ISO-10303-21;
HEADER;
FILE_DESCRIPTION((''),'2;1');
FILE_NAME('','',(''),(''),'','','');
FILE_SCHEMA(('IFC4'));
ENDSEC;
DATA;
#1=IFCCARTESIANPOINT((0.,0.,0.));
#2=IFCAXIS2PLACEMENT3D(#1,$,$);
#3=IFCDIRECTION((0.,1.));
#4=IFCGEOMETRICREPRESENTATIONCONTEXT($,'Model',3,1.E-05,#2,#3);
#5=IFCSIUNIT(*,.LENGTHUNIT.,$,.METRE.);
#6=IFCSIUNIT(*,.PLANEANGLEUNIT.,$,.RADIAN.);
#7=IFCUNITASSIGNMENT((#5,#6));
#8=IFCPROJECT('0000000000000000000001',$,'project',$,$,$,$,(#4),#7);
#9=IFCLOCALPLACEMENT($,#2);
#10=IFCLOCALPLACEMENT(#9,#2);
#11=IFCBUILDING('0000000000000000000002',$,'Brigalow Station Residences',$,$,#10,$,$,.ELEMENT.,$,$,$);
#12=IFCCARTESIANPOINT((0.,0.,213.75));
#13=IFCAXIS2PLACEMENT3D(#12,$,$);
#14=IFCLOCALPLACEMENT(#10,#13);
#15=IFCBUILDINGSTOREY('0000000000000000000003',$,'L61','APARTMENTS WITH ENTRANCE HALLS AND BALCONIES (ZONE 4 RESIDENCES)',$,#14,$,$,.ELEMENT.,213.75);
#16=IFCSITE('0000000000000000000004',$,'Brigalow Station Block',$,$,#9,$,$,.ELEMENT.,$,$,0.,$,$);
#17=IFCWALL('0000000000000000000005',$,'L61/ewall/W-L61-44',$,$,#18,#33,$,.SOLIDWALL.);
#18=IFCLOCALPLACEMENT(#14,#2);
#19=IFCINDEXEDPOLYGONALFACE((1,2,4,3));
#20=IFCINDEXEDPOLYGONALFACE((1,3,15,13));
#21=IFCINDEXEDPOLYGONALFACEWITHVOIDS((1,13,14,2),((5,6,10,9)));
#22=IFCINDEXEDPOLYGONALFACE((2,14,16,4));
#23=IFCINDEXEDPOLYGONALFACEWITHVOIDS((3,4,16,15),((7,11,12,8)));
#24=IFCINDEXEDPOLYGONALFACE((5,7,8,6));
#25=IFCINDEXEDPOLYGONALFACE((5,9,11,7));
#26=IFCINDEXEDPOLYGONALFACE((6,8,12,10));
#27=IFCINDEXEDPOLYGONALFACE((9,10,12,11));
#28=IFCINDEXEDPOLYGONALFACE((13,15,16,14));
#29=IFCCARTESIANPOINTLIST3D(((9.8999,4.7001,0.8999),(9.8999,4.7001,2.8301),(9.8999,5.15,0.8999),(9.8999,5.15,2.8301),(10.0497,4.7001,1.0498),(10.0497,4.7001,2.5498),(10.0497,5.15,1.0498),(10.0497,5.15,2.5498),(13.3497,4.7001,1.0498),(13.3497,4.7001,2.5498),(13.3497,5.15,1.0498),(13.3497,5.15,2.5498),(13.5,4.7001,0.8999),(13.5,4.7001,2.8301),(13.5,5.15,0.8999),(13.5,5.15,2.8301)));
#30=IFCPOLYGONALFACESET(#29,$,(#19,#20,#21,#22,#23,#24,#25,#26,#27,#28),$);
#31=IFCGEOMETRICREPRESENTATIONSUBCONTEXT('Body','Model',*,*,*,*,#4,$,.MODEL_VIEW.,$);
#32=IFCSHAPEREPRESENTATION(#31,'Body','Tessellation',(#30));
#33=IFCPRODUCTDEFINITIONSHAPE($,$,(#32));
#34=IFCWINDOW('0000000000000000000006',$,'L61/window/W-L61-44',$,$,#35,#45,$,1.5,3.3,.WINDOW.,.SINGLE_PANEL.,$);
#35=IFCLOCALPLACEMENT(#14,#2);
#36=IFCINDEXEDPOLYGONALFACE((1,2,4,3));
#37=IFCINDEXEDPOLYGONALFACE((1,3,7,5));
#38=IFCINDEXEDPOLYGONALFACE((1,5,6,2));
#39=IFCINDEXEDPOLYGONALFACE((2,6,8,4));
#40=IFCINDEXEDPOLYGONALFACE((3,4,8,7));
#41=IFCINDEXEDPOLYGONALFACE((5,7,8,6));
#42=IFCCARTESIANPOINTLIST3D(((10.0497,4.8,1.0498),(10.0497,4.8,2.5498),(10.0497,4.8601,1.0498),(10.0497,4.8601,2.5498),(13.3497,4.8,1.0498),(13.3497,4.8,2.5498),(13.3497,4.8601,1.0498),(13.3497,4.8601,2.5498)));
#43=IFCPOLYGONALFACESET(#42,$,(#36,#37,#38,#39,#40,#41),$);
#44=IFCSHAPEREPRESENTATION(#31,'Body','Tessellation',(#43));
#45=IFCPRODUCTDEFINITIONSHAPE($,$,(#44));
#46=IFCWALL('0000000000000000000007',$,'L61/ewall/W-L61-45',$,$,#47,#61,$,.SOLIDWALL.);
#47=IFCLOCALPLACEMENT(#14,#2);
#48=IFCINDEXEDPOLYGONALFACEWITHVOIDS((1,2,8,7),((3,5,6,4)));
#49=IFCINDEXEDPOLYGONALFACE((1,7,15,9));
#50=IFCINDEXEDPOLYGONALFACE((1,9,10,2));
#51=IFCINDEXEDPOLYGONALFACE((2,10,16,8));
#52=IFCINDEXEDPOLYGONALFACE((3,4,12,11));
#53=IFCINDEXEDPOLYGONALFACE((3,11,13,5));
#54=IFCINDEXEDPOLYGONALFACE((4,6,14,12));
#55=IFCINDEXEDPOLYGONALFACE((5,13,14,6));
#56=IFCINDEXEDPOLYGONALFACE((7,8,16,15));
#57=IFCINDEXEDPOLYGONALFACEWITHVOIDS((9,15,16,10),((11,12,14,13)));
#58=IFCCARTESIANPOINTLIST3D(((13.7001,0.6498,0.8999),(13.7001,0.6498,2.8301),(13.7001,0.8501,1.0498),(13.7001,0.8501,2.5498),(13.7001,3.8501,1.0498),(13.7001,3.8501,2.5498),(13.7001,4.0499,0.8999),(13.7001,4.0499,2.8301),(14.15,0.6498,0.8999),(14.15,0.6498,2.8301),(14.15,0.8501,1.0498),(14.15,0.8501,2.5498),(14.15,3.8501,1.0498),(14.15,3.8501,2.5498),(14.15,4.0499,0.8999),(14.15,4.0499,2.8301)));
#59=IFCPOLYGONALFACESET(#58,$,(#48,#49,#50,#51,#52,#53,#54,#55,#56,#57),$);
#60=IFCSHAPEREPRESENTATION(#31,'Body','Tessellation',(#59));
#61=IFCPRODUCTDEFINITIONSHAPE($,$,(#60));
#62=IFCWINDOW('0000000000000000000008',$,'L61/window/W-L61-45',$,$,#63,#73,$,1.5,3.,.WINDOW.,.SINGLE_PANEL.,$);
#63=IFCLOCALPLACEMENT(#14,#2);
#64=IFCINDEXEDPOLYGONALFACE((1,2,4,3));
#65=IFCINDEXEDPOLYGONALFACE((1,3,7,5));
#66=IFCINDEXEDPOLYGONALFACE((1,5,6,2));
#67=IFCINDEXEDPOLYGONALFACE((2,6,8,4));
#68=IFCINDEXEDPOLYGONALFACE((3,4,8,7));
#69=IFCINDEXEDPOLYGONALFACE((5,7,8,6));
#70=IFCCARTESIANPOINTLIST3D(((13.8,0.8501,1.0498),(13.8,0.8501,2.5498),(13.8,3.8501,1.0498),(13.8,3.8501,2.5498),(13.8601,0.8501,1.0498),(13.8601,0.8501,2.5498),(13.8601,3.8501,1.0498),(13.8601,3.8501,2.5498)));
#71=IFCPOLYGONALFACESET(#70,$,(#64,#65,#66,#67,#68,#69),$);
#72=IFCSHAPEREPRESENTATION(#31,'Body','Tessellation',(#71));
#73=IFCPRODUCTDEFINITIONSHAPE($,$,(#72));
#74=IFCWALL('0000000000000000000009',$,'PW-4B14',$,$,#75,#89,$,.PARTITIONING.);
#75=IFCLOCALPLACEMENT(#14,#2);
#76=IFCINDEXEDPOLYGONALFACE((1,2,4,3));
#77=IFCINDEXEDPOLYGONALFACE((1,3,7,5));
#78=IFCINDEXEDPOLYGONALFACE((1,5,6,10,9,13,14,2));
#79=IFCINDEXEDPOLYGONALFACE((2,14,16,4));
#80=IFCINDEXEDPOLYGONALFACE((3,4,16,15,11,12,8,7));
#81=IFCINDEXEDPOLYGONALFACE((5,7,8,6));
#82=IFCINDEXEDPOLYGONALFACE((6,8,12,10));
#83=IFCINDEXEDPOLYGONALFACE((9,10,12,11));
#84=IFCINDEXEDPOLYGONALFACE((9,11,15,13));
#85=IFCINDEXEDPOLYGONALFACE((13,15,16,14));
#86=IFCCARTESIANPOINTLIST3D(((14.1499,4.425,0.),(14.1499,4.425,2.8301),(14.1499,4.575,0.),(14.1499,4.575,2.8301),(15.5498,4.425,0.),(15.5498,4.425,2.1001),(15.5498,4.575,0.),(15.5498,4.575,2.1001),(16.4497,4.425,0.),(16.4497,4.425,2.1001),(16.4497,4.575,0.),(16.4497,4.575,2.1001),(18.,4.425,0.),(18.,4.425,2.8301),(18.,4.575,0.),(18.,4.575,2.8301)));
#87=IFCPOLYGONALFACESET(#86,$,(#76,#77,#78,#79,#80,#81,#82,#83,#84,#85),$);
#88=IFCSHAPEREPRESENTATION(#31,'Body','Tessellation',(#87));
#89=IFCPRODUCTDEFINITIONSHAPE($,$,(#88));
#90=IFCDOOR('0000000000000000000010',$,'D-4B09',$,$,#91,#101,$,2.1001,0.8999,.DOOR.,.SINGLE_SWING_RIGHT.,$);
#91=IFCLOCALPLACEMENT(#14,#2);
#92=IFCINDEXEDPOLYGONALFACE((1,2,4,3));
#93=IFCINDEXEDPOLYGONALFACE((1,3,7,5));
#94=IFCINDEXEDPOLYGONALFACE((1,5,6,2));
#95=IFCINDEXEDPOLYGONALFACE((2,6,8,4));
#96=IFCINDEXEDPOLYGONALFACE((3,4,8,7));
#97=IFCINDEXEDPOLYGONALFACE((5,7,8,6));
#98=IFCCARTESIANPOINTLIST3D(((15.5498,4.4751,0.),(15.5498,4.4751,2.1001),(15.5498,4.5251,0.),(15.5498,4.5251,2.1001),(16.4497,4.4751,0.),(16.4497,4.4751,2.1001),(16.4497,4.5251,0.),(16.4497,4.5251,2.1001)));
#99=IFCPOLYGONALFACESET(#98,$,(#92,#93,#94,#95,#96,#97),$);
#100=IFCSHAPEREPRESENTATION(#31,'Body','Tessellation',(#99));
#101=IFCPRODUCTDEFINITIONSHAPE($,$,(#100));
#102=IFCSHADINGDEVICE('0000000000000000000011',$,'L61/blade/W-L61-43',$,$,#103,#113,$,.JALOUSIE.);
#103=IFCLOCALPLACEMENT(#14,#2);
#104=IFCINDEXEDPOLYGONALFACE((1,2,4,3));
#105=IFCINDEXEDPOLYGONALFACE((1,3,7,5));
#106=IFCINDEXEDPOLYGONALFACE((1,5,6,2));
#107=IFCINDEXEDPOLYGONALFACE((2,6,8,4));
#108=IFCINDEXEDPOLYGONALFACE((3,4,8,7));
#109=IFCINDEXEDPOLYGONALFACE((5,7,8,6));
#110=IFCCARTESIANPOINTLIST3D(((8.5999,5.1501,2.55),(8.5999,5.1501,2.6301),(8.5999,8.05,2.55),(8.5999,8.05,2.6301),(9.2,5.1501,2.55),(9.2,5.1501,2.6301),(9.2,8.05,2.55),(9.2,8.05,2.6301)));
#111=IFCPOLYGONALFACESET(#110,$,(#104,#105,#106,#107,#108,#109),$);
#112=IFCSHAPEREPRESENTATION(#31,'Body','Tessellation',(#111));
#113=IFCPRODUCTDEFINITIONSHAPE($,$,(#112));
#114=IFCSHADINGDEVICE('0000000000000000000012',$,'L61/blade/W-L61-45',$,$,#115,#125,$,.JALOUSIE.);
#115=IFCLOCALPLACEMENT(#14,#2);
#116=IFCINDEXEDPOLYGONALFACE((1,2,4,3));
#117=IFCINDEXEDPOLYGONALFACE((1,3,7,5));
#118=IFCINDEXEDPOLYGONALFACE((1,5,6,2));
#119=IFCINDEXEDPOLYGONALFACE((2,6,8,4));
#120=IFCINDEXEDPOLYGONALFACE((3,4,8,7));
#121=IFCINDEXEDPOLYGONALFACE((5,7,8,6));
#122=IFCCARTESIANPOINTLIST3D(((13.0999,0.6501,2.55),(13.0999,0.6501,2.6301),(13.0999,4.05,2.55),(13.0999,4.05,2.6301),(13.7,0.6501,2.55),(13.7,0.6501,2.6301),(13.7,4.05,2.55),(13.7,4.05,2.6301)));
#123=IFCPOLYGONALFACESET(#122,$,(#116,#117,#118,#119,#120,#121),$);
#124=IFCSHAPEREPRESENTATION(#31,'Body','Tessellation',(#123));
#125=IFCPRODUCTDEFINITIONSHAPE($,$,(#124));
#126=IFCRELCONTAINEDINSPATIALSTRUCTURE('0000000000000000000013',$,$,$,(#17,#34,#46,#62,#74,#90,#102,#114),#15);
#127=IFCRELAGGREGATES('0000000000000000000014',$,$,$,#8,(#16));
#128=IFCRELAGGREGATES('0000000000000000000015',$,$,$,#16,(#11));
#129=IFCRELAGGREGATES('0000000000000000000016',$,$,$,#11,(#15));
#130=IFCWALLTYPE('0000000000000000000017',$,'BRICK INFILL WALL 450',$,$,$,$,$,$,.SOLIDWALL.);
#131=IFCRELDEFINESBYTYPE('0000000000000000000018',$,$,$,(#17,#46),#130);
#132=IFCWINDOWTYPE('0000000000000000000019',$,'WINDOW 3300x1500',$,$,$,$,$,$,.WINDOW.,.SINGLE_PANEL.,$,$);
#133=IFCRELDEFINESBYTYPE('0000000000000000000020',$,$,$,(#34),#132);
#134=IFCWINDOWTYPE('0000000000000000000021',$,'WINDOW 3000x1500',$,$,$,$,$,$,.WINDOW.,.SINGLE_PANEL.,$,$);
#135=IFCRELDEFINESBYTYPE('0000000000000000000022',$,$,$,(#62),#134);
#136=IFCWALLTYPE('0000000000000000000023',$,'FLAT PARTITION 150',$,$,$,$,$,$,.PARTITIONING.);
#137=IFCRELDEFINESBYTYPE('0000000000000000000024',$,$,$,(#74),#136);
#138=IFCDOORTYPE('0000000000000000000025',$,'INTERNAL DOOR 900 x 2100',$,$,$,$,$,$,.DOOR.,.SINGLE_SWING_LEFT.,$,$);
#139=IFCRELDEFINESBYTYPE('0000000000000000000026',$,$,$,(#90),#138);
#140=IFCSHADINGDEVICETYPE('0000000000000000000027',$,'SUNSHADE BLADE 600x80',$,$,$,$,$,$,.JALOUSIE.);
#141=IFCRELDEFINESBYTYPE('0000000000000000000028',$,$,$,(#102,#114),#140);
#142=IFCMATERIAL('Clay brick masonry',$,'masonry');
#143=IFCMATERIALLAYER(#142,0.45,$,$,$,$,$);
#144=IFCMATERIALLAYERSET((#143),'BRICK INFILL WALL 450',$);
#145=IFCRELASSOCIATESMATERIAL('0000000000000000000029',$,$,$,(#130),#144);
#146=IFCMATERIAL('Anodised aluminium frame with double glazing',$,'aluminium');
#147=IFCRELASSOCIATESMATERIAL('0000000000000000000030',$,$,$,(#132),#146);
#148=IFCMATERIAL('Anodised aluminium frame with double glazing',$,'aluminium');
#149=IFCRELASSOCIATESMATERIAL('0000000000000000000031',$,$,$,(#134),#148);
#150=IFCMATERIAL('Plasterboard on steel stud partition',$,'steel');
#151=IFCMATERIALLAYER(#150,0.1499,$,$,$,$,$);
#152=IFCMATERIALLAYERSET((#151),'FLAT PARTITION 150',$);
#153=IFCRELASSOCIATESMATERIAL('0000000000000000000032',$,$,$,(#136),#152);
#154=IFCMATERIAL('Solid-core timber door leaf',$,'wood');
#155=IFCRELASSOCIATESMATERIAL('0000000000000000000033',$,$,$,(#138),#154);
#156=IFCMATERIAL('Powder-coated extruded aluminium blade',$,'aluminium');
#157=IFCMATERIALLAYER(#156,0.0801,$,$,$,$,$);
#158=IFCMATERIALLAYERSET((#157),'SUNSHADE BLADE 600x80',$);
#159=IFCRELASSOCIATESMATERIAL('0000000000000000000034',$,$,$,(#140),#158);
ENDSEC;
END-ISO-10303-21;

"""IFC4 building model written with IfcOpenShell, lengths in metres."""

from ifc_helpers import new_model, si_unit, direction, frame, frame_2d, origin, origin_2d, place, context, subcontext, project, spatial, rectangle, extrude, material, layer, layer_set, type_object, element, fill, save


model = new_model("IFC4")

# Units and contexts
model_context = context("Model", 3, precision=1e-05, world=origin(), true_north=direction((0.0, 1.0)))
body_context = subcontext(model_context, "Body", "Model", "MODEL_VIEW")
ifc_project = project(units=[si_unit("LENGTHUNIT", "METRE"), si_unit("PLANEANGLEUNIT", "RADIAN")], contexts=[model_context])

# Site, building, storey
site_placement = place(None, origin())
site = spatial("IfcSite", under=ifc_project, at=site_placement, Name="Brigalow Station Block", CompositionType="ELEMENT", RefElevation=0.0)
building_placement = place(site_placement, origin())
building = spatial("IfcBuilding", under=site, at=building_placement, Name="Brigalow Station Residences", CompositionType="ELEMENT")
storey_placement = place(building_placement, frame((0.0, 0.0, 213.75)))
storey = spatial("IfcBuildingStorey", under=building, at=storey_placement, Name="L61", Description="APARTMENTS WITH ENTRANCE HALLS AND BALCONIES (ZONE 4 RESIDENCES)", CompositionType="ELEMENT", Elevation=213.75)

# Walls, openings, windows
ifc_material_1 = material(Name="Clay brick masonry", Category="masonry")
ifc_layer_1 = layer(ifc_material_1, 0.45)
ifc_layer_set_1 = layer_set([ifc_layer_1], Name="BRICK INFILL WALL 450")
wall_type_1 = type_object("IfcWallType", Name="BRICK INFILL WALL 450", PredefinedType="SOLIDWALL", material=ifc_layer_set_1)
wall_1_placement = place(storey_placement, frame((9.8999, 4.925, 0.8999), z_axis=(0.0, 0.0, 1.0), x_axis=(1.0, 0.0, 0.0)))
wall_1 = element("IfcWall", 1, at=wall_1_placement, inside=storey, type_object=wall_type_1, Name="L61/ewall/W-L61-44", PredefinedType="SOLIDWALL", context=body_context, shape_type="SweptSolid", body=[
    extrude(rectangle(XDim=3.6001, YDim=0.45, at=frame_2d((1.8, 0.0))), origin(), (0.0, 0.0, 1.0), 1.9302),
])
opening_1_placement = place(wall_1_placement, frame((0.1499, 0.0, 0.1499)))
opening_1 = element("IfcOpeningElement", 2, at=opening_1_placement, cuts=wall_1, PredefinedType="OPENING", context=body_context, shape_type="SweptSolid", body=[
    extrude(rectangle(XDim=3.3, YDim=1.5, at=frame_2d((1.6499, 0.75))), frame((0.0, 0.2349, 0.0), z_axis=(0.0, -1.0, 0.0), x_axis=(1.0, 0.0, 0.0)), (0.0, 0.0, 1.0), 0.47),
])
ifc_material_2 = material(Name="Anodised aluminium frame with double glazing", Category="aluminium")
window_type_1 = type_object("IfcWindowType", Name="WINDOW 3300x1500", PartitioningType="SINGLE_PANEL", PredefinedType="WINDOW", material=ifc_material_2)
window_1_placement = place(opening_1_placement, origin())
window_1 = element("IfcWindow", 3, at=window_1_placement, inside=storey, type_object=window_type_1, Name="L61/window/W-L61-44", OverallHeight=1.5, OverallWidth=3.3, PartitioningType="SINGLE_PANEL", PredefinedType="WINDOW", context=body_context, shape_type="SweptSolid", body=[
    extrude(rectangle(XDim=3.3, YDim=1.5, at=frame_2d((1.6499, 0.75))), frame((0.0, -0.0649, 0.0), z_axis=(0.0, -1.0, 0.0), x_axis=(1.0, 0.0, 0.0)), (0.0, 0.0, 1.0), 0.0601),
])
fill(opening_1, window_1)
wall_2_placement = place(storey_placement, frame((13.925, 4.05, 0.8999), z_axis=(0.0, 0.0, 1.0), x_axis=(0.0, -1.0, 0.0)))
wall_2 = element("IfcWall", 4, at=wall_2_placement, inside=storey, type_object=wall_type_1, Name="L61/ewall/W-L61-45", PredefinedType="SOLIDWALL", context=body_context, shape_type="SweptSolid", body=[
    extrude(rectangle(XDim=3.4001, YDim=0.45, at=frame_2d((1.7002, 0.0))), origin(), (0.0, 0.0, 1.0), 1.9302),
])
opening_2_placement = place(wall_2_placement, frame((0.2, 0.0, 0.1499)))
opening_2 = element("IfcOpeningElement", 5, at=opening_2_placement, cuts=wall_2, PredefinedType="OPENING", context=body_context, shape_type="SweptSolid", body=[
    extrude(rectangle(XDim=3.0, YDim=1.5, at=frame_2d((1.5, 0.75))), frame((0.0, 0.2349, 0.0), z_axis=(0.0, -1.0, 0.0), x_axis=(1.0, 0.0, 0.0)), (0.0, 0.0, 1.0), 0.47),
])
ifc_material_3 = material(Name="Anodised aluminium frame with double glazing", Category="aluminium")
window_type_2 = type_object("IfcWindowType", Name="WINDOW 3000x1500", PartitioningType="SINGLE_PANEL", PredefinedType="WINDOW", material=ifc_material_3)
window_2_placement = place(opening_2_placement, origin())
window_2 = element("IfcWindow", 6, at=window_2_placement, inside=storey, type_object=window_type_2, Name="L61/window/W-L61-45", OverallHeight=1.5, OverallWidth=3.0, PartitioningType="SINGLE_PANEL", PredefinedType="WINDOW", context=body_context, shape_type="SweptSolid", body=[
    extrude(rectangle(XDim=3.0, YDim=1.5, at=frame_2d((1.5, 0.75))), frame((0.0, -0.0649, 0.0), z_axis=(0.0, -1.0, 0.0), x_axis=(1.0, 0.0, 0.0)), (0.0, 0.0, 1.0), 0.0601),
])
fill(opening_2, window_2)

# Wall, opening, door
ifc_material_4 = material(Name="Plasterboard on steel stud partition", Category="steel")
ifc_layer_2 = layer(ifc_material_4, 0.1499)
ifc_layer_set_2 = layer_set([ifc_layer_2], Name="FLAT PARTITION 150")
wall_type_2 = type_object("IfcWallType", Name="FLAT PARTITION 150", PredefinedType="PARTITIONING", material=ifc_layer_set_2)
wall_3_placement = place(storey_placement, frame((14.1499, 4.5, 0.0), z_axis=(0.0, 0.0, 1.0), x_axis=(1.0, 0.0, 0.0)))
wall_3 = element("IfcWall", 7, at=wall_3_placement, inside=storey, type_object=wall_type_2, Name="PW-4B14", PredefinedType="PARTITIONING", context=body_context, shape_type="SweptSolid", body=[
    extrude(rectangle(XDim=3.8501, YDim=0.1499, at=frame_2d((1.925, 0.0))), origin(), (0.0, 0.0, 1.0), 2.8301),
])
opening_3_placement = place(wall_3_placement, frame((1.3999, 0.0, 0.0)))
opening_3 = element("IfcOpeningElement", 8, at=opening_3_placement, cuts=wall_3, PredefinedType="OPENING", context=body_context, shape_type="SweptSolid", body=[
    extrude(rectangle(XDim=0.8999, YDim=2.1001, at=frame_2d((0.45, 1.05))), frame((0.0, 0.085, 0.0), z_axis=(0.0, -1.0, 0.0), x_axis=(1.0, 0.0, 0.0)), (0.0, 0.0, 1.0), 0.1699),
])
ifc_material_5 = material(Name="Solid-core timber door leaf", Category="wood")
door_type = type_object("IfcDoorType", Name="INTERNAL DOOR 900 x 2100", OperationType="SINGLE_SWING_LEFT", PredefinedType="DOOR", material=ifc_material_5)
door_placement = place(opening_3_placement, frame((0.8999, 0.0, 0.0), z_axis=(0.0, 0.0, 1.0), x_axis=(-1.0, 0.0, 0.0)))
door = element("IfcDoor", 9, at=door_placement, inside=storey, type_object=door_type, Name="D-4B09", OperationType="SINGLE_SWING_RIGHT", OverallHeight=2.1001, OverallWidth=0.8999, PredefinedType="DOOR", context=body_context, shape_type="SweptSolid", body=[
    extrude(rectangle(XDim=0.8999, YDim=2.1001, at=frame_2d((0.45, 1.05))), frame((0.0, 0.0249, 0.0), z_axis=(0.0, -1.0, 0.0), x_axis=(1.0, 0.0, 0.0)), (0.0, 0.0, 1.0), 0.05),
])
fill(opening_3, door)

# Shading devices
ifc_material_6 = material(Name="Powder-coated extruded aluminium blade", Category="aluminium")
ifc_layer_3 = layer(ifc_material_6, 0.0801)
ifc_layer_set_3 = layer_set([ifc_layer_3], Name="SUNSHADE BLADE 600x80")
shading_device_type = type_object("IfcShadingDeviceType", Name="SUNSHADE BLADE 600x80", PredefinedType="JALOUSIE", material=ifc_layer_set_3)
shading_device_1_placement = place(storey_placement, frame((8.8999, 6.6001, 2.55), z_axis=(0.0, 0.0, 1.0), x_axis=(0.0, -1.0, 0.0)))
element("IfcShadingDevice", 10, at=shading_device_1_placement, inside=storey, type_object=shading_device_type, Name="L61/blade/W-L61-43", PredefinedType="JALOUSIE", context=body_context, shape_type="SweptSolid", body=[
    extrude(rectangle(XDim=2.8999, YDim=0.6001, at=origin_2d()), origin(), (0.0, 0.0, 1.0), 0.0801),
])
shading_device_2_placement = place(storey_placement, frame((13.3999, 2.3501, 2.55), z_axis=(0.0, 0.0, 1.0), x_axis=(0.0, -1.0, 0.0)))
element("IfcShadingDevice", 11, at=shading_device_2_placement, inside=storey, type_object=shading_device_type, Name="L61/blade/W-L61-45", PredefinedType="JALOUSIE", context=body_context, shape_type="SweptSolid", body=[
    extrude(rectangle(XDim=3.3999, YDim=0.6001, at=origin_2d()), origin(), (0.0, 0.0, 1.0), 0.0801),
])

save(model, "model.ifc")
